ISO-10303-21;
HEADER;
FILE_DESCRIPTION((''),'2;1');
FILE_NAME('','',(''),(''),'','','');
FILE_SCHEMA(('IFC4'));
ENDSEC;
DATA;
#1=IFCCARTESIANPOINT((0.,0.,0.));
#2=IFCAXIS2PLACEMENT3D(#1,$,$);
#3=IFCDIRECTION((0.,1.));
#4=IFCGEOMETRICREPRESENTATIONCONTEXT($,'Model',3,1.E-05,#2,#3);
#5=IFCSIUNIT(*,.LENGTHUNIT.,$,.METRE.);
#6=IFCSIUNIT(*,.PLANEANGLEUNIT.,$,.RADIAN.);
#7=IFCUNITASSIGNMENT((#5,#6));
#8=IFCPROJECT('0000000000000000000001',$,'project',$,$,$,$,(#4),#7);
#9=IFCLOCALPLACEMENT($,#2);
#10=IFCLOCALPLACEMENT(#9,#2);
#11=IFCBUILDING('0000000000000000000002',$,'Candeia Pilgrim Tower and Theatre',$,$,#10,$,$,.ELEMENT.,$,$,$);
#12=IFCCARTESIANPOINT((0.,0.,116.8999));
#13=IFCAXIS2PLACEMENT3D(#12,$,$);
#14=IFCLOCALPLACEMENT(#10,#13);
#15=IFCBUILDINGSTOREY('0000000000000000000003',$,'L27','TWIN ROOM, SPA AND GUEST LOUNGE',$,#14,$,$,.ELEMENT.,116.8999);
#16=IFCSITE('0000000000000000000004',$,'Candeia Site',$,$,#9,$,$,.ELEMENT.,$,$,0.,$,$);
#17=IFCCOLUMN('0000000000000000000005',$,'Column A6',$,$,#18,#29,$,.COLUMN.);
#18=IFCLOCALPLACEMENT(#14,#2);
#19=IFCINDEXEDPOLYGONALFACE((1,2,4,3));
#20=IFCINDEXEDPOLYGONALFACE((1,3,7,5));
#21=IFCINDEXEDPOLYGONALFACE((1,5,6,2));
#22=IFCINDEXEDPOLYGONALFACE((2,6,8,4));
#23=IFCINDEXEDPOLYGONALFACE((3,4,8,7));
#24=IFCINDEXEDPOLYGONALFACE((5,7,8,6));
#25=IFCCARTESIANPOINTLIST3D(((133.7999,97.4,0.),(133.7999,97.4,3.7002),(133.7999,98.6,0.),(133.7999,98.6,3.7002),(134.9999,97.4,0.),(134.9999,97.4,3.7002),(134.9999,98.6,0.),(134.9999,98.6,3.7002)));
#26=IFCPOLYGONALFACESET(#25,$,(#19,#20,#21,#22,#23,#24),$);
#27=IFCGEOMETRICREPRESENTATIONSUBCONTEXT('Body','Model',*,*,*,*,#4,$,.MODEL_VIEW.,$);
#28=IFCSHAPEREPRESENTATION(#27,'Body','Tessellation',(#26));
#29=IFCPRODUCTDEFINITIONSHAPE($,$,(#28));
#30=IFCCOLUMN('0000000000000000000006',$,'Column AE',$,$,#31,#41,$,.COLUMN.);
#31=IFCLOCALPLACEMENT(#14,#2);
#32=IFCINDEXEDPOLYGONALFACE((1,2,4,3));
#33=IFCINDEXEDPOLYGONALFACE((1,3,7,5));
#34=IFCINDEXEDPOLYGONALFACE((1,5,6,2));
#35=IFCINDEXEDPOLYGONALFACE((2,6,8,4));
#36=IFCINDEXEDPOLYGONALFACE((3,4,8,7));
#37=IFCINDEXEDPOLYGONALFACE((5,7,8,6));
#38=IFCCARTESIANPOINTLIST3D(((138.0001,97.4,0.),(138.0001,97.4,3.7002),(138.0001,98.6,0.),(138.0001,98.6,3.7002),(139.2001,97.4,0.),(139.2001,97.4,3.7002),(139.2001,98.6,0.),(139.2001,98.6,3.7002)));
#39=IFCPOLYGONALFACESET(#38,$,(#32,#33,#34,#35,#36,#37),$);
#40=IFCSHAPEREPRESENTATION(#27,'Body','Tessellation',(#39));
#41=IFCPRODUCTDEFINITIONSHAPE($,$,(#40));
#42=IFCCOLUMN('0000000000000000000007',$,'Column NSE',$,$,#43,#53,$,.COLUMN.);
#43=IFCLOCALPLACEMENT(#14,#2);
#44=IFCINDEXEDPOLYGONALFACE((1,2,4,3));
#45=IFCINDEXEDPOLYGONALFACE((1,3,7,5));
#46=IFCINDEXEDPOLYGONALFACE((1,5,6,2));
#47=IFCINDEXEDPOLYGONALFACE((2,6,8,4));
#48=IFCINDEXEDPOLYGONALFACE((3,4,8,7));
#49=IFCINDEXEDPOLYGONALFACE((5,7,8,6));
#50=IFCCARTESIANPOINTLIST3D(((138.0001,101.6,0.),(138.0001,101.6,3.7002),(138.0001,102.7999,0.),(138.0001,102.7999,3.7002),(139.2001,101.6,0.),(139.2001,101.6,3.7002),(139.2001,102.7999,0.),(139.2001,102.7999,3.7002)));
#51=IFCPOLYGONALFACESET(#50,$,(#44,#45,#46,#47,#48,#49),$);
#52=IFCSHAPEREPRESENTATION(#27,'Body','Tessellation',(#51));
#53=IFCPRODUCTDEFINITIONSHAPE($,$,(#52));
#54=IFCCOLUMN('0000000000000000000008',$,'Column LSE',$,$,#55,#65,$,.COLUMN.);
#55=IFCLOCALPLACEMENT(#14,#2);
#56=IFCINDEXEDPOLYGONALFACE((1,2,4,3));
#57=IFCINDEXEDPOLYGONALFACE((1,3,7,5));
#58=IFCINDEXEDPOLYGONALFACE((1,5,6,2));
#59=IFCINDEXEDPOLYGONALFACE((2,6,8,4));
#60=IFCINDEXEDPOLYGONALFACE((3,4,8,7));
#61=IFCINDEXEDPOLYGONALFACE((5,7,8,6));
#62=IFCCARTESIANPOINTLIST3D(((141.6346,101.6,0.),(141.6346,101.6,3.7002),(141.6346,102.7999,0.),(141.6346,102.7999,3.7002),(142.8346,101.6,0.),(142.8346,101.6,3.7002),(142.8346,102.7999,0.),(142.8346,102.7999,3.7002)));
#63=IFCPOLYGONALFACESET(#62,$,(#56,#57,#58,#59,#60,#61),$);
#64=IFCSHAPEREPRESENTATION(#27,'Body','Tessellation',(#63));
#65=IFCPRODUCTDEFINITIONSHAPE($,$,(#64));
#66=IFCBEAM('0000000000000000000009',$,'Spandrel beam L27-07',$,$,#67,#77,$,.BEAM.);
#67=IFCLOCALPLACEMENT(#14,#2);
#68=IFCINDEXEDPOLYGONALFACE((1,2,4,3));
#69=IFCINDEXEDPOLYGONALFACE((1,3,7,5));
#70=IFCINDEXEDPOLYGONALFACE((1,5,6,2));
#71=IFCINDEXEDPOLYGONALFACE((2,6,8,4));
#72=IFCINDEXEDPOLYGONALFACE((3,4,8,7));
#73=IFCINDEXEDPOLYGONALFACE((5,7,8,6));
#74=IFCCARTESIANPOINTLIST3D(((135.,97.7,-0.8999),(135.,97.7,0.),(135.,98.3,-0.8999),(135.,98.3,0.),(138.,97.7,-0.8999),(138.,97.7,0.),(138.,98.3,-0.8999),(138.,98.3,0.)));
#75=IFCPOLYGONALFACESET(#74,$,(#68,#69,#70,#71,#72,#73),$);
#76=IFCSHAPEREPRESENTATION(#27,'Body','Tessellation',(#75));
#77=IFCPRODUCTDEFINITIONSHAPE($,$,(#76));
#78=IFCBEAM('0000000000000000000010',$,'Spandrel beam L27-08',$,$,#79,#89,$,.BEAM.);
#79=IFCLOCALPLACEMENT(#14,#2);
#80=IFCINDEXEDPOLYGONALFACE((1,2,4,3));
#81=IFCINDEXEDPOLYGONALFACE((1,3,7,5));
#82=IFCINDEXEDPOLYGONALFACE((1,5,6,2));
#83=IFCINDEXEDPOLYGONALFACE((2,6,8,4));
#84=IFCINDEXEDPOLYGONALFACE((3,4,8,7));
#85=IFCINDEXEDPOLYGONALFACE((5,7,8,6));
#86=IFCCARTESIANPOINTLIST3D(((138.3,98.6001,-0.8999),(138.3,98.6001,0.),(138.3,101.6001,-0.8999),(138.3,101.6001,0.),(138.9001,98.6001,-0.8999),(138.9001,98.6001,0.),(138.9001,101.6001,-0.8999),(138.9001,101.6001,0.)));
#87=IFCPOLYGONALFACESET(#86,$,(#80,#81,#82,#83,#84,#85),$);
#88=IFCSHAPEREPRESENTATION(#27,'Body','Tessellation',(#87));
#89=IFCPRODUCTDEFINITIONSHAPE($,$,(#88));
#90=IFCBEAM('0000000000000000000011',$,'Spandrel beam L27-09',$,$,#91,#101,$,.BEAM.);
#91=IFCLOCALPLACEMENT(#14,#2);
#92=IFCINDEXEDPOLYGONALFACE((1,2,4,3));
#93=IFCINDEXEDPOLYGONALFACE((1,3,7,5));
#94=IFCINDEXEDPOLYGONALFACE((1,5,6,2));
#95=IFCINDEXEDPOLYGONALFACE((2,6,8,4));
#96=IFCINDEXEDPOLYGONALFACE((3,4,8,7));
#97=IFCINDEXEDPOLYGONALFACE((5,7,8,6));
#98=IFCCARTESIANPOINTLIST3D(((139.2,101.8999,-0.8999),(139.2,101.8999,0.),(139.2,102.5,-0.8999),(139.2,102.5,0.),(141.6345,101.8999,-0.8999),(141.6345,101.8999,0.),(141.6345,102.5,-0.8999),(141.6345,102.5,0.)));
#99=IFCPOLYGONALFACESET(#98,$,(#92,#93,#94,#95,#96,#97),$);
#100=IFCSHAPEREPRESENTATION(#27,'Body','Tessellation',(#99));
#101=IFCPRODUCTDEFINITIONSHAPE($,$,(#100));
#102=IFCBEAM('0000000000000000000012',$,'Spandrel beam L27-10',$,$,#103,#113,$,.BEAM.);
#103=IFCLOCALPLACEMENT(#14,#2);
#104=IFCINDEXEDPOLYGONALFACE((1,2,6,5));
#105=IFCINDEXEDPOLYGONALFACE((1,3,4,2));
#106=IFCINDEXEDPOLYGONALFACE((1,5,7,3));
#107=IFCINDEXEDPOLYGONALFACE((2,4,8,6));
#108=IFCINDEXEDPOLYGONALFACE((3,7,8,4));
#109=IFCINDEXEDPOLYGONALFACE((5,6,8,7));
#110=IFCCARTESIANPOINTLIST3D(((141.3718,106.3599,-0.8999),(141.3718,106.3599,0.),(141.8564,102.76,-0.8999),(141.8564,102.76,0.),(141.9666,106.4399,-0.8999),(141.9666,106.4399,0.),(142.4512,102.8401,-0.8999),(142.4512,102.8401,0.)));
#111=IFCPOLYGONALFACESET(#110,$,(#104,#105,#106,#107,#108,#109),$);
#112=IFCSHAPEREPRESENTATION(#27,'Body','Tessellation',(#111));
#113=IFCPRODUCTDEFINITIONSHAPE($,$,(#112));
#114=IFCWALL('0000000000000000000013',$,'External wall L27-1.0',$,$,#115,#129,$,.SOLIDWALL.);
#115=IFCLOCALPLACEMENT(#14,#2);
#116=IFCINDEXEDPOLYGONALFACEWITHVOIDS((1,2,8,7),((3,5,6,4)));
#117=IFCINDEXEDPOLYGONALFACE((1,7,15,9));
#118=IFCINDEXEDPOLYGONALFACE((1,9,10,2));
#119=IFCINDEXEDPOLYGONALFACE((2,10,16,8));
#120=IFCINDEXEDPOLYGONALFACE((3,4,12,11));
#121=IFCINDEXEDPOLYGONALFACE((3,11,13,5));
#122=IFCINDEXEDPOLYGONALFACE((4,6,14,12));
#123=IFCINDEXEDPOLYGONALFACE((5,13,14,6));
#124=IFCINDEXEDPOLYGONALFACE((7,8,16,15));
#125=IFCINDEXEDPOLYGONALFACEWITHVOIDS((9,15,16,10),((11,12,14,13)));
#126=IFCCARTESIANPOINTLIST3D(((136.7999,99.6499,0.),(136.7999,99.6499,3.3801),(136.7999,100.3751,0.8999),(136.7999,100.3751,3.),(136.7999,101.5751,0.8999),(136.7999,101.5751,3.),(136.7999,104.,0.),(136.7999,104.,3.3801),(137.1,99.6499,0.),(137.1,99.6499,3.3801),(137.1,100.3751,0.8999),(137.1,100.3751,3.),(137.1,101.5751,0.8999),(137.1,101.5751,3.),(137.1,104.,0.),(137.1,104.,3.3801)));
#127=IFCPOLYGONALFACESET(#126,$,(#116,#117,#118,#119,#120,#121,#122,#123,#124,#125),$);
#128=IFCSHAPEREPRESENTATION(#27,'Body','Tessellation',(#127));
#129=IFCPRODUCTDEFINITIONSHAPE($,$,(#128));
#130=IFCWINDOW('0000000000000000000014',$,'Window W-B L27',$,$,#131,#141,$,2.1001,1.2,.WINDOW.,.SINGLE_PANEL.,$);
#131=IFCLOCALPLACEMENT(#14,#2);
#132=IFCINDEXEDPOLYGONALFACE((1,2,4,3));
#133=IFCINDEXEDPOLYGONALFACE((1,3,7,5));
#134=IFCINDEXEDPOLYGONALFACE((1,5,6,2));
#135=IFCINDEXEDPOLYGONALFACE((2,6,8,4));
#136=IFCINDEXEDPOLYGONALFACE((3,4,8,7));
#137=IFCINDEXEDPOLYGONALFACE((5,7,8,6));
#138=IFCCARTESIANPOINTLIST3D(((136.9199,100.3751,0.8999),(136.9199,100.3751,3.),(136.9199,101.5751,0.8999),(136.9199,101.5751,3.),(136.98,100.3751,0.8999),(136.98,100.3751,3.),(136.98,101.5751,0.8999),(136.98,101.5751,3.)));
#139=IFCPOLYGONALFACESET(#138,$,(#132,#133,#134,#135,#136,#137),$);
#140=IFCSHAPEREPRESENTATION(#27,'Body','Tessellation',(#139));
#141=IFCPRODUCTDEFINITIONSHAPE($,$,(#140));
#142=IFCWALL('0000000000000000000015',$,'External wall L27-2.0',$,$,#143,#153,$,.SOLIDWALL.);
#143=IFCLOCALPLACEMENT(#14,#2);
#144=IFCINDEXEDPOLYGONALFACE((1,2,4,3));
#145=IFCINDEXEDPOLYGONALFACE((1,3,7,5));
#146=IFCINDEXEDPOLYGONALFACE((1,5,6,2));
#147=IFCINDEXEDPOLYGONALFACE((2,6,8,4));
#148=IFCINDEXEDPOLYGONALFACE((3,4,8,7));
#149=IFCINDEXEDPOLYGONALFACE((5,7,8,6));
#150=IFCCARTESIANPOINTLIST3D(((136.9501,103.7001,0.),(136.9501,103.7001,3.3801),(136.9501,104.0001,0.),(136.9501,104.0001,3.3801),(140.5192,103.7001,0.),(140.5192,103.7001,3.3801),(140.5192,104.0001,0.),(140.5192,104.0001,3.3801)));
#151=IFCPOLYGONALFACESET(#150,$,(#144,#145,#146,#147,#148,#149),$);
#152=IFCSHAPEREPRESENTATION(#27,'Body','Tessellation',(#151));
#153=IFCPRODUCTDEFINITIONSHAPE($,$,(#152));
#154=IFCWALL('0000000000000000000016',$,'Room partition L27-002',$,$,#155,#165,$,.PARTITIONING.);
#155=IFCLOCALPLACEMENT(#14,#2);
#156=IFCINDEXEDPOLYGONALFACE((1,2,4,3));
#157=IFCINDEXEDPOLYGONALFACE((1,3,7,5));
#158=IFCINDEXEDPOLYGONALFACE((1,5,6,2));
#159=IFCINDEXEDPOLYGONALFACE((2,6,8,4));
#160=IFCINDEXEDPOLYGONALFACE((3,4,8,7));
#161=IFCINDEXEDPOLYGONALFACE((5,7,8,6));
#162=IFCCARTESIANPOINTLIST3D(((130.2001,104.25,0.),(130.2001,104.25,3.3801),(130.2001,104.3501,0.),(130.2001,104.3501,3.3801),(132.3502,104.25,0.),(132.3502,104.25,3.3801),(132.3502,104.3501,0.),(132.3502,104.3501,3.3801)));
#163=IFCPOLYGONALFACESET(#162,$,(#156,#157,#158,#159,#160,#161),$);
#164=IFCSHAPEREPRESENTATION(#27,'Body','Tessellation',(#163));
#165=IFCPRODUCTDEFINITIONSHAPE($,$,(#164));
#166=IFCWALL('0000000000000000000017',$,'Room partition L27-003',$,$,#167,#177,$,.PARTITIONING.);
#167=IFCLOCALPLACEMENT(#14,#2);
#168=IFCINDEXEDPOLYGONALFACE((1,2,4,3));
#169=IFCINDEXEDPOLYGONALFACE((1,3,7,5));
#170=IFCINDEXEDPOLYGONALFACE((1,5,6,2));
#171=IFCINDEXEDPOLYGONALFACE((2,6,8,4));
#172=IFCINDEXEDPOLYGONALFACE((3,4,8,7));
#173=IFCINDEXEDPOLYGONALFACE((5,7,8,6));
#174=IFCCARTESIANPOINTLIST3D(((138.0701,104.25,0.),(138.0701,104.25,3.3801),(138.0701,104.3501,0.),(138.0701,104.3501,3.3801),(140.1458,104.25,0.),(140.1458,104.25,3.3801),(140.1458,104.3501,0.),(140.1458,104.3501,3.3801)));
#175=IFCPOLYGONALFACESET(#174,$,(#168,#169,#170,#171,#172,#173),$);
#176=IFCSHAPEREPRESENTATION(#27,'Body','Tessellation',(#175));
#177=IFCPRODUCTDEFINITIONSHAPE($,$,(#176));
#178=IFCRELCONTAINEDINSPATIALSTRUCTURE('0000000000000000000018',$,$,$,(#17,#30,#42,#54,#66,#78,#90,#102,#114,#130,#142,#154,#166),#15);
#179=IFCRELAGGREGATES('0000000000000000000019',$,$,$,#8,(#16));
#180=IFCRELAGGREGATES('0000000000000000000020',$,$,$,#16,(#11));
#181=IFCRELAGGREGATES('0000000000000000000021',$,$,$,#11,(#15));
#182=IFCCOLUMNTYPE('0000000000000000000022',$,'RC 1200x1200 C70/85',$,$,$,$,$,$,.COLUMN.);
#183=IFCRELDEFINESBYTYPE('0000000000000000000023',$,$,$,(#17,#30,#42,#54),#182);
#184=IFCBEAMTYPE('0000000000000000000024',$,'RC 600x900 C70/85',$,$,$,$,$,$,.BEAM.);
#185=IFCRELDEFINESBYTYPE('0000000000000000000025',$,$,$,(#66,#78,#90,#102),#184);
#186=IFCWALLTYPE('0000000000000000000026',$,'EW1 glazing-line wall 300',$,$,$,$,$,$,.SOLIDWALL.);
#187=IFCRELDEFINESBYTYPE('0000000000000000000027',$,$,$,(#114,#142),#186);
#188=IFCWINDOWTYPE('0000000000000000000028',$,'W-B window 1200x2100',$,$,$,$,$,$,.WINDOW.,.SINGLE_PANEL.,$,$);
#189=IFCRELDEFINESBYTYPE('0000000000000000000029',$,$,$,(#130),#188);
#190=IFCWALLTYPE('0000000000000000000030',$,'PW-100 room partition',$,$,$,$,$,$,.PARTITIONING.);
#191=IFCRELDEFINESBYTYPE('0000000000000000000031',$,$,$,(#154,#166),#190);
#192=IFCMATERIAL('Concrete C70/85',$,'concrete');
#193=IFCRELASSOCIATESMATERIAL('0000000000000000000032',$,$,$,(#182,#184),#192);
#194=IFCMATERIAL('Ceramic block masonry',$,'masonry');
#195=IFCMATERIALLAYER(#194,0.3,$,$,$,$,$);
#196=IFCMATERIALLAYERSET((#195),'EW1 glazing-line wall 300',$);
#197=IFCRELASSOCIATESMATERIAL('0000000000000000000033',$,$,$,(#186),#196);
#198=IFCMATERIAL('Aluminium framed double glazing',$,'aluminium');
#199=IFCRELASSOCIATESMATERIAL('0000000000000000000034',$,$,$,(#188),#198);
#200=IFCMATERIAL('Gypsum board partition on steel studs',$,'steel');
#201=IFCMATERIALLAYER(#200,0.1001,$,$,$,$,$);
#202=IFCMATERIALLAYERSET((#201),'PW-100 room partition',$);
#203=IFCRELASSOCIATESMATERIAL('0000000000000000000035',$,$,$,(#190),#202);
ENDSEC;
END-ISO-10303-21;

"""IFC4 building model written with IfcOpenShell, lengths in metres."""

from ifc_helpers import new_model, si_unit, direction, frame, frame_2d, origin, origin_2d, place, context, subcontext, project, spatial, rectangle, extrude, material, layer, layer_set, material_profile, profile_set, type_object, element, fill, save


model = new_model("IFC4")

# Units and contexts
model_context = context("Model", 3, precision=1e-05, world=origin(), true_north=direction((0.0, 1.0)))
body_context = subcontext(model_context, "Body", "Model", "MODEL_VIEW")
ifc_project = project(units=[si_unit("LENGTHUNIT", "METRE"), si_unit("PLANEANGLEUNIT", "RADIAN")], contexts=[model_context])

# Site, building, storey
site_placement = place(None, origin())
site = spatial("IfcSite", under=ifc_project, at=site_placement, Name="Candeia Site", CompositionType="ELEMENT", RefElevation=0.0)
building_placement = place(site_placement, origin())
building = spatial("IfcBuilding", under=site, at=building_placement, Name="Candeia Pilgrim Tower and Theatre", CompositionType="ELEMENT")
storey_placement = place(building_placement, frame((0.0, 0.0, 116.8999)))
storey = spatial("IfcBuildingStorey", under=building, at=storey_placement, Name="L27", Description="TWIN ROOM, SPA AND GUEST LOUNGE", CompositionType="ELEMENT", Elevation=116.8999)

# Columns
ifc_material_1 = material(Name="Concrete C70/85", Category="concrete")
ifc_material_profile_1 = material_profile(ifc_material_1, rectangle(XDim=1.2, YDim=1.2, at=origin_2d()))
ifc_profile_set_1 = profile_set([ifc_material_profile_1], Name="Concrete C70/85")
column_type = type_object("IfcColumnType", Name="RC 1200x1200 C70/85", PredefinedType="COLUMN", material=ifc_profile_set_1)
for number, where, z_axis, x_axis, name in (
    (1, (134.3999, 98.0, 0.0), (0.0, 0.0, 1.0), (1.0, 0.0, 0.0), "Column A6"),
    (2, (138.6001, 98.0, 0.0), (0.0, 0.0, 1.0), (1.0, 0.0, 0.0), "Column AE"),
    (3, (138.6001, 102.2, 0.0), (0.0, 0.0, 1.0), (1.0, 0.0, 0.0), "Column NSE"),
    (4, (142.2346, 102.2, 0.0), (0.0, 0.0, 1.0), (1.0, 0.0, 0.0), "Column LSE"),
):
    element("IfcColumn", number, at=place(storey_placement, frame(where, z_axis=z_axis, x_axis=x_axis)), inside=storey, type_object=column_type, Name=name, PredefinedType="COLUMN", context=body_context, shape_type="SweptSolid", body=[
        extrude(rectangle(XDim=1.2, YDim=1.2, at=origin_2d()), origin(), (0.0, 0.0, 1.0), 3.7002),
    ])

# Beams
ifc_material_profile_2 = material_profile(ifc_material_1, rectangle(XDim=0.6001, YDim=0.8999, at=origin_2d()))
ifc_profile_set_2 = profile_set([ifc_material_profile_2], Name="Concrete C70/85")
beam_type = type_object("IfcBeamType", Name="RC 600x900 C70/85", PredefinedType="BEAM", material=ifc_profile_set_2)
for number, where, z_axis, x_axis, name in (
    (5, (135.0, 98.0, -0.45), (1.0, 0.0, 0.0), (0.0, 1.0, 0.0), "Spandrel beam L27-07"),
    (6, (138.6001, 98.6001, -0.45), (0.0, 1.0, 0.0), (-1.0, 0.0, 0.0), "Spandrel beam L27-08"),
):
    element("IfcBeam", number, at=place(storey_placement, frame(where, z_axis=z_axis, x_axis=x_axis)), inside=storey, type_object=beam_type, Name=name, PredefinedType="BEAM", context=body_context, shape_type="SweptSolid", body=[
        extrude(rectangle(XDim=0.6001, YDim=0.8999, at=origin_2d()), origin(), (0.0, 0.0, 1.0), 3.0),
    ])
beam_1_placement = place(storey_placement, frame((139.2, 102.2, -0.45), z_axis=(1.0, 0.0, 0.0), x_axis=(0.0, 1.0, 0.0)))
element("IfcBeam", 7, at=beam_1_placement, inside=storey, type_object=beam_type, Name="Spandrel beam L27-09", PredefinedType="BEAM", context=body_context, shape_type="SweptSolid", body=[
    extrude(rectangle(XDim=0.6001, YDim=0.8999, at=origin_2d()), origin(), (0.0, 0.0, 1.0), 2.4346),
])
beam_2_placement = place(storey_placement, frame((142.1538, 102.8, -0.45), z_axis=(-0.133418, 0.99106, 0.0), x_axis=(-0.99106, -0.133418, 0.0)))
element("IfcBeam", 8, at=beam_2_placement, inside=storey, type_object=beam_type, Name="Spandrel beam L27-10", PredefinedType="BEAM", context=body_context, shape_type="SweptSolid", body=[
    extrude(rectangle(XDim=0.6001, YDim=0.8999, at=origin_2d()), origin(), (0.0, 0.0, 1.0), 3.6323),
])

# Wall, opening, window
ifc_material_2 = material(Name="Ceramic block masonry", Category="masonry")
ifc_layer_1 = layer(ifc_material_2, 0.3)
ifc_layer_set_1 = layer_set([ifc_layer_1], Name="EW1 glazing-line wall 300")
wall_type_1 = type_object("IfcWallType", Name="EW1 glazing-line wall 300", PredefinedType="SOLIDWALL", material=ifc_layer_set_1)
wall_1_placement = place(storey_placement, frame((136.95, 99.6499, 0.0), z_axis=(0.0, 0.0, 1.0), x_axis=(0.0, 1.0, 0.0)))
wall_1 = element("IfcWall", 9, at=wall_1_placement, inside=storey, type_object=wall_type_1, Name="External wall L27-1.0", PredefinedType="SOLIDWALL", context=body_context, shape_type="SweptSolid", body=[
    extrude(rectangle(XDim=4.3501, YDim=0.3, at=frame_2d((2.175, 0.0))), origin(), (0.0, 0.0, 1.0), 3.3801),
])
opening_1_placement = place(wall_1_placement, frame((0.7251, 0.0, 0.8999)))
opening_1 = element("IfcOpeningElement", 10, at=opening_1_placement, cuts=wall_1, PredefinedType="OPENING", context=body_context, shape_type="SweptSolid", body=[
    extrude(rectangle(XDim=1.2, YDim=2.1001, at=frame_2d((0.6001, 1.05))), frame((0.0, 0.1602, 0.0), z_axis=(0.0, -1.0, 0.0), x_axis=(1.0, 0.0, 0.0)), (0.0, 0.0, 1.0), 0.3201),
])
ifc_material_3 = material(Name="Aluminium framed double glazing", Category="aluminium")
window_type = type_object("IfcWindowType", Name="W-B window 1200x2100", PartitioningType="SINGLE_PANEL", PredefinedType="WINDOW", material=ifc_material_3)
window_1_placement = place(opening_1_placement, origin())
window_1 = element("IfcWindow", 11, at=window_1_placement, inside=storey, type_object=window_type, Name="Window W-B L27", OverallHeight=2.1001, OverallWidth=1.2, PartitioningType="SINGLE_PANEL", PredefinedType="WINDOW", context=body_context, shape_type="SweptSolid", body=[
    extrude(rectangle(XDim=1.2, YDim=2.1001, at=frame_2d((0.6001, 1.05))), frame((0.0, 0.03, 0.0), z_axis=(0.0, -1.0, 0.0), x_axis=(1.0, 0.0, 0.0)), (0.0, 0.0, 1.0), 0.0601),
])
fill(opening_1, window_1)

# Wall
wall_2_placement = place(storey_placement, frame((136.95, 103.8501, 0.0), z_axis=(0.0, 0.0, 1.0), x_axis=(1.0, 0.0, 0.0)))
element("IfcWall", 12, at=wall_2_placement, inside=storey, type_object=wall_type_1, Name="External wall L27-2.0", PredefinedType="SOLIDWALL", context=body_context, shape_type="SweptSolid", body=[
    extrude(rectangle(XDim=3.5691, YDim=0.3, at=frame_2d((1.7847, 0.0))), origin(), (0.0, 0.0, 1.0), 3.3801),
])

# Walls
ifc_material_4 = material(Name="Gypsum board partition on steel studs", Category="steel")
ifc_layer_2 = layer(ifc_material_4, 0.1001)
ifc_layer_set_2 = layer_set([ifc_layer_2], Name="PW-100 room partition")
wall_type_2 = type_object("IfcWallType", Name="PW-100 room partition", PredefinedType="PARTITIONING", material=ifc_layer_set_2)
wall_3_placement = place(storey_placement, frame((130.2, 104.3, 0.0), z_axis=(0.0, 0.0, 1.0), x_axis=(1.0, 0.0, 0.0)))
element("IfcWall", 13, at=wall_3_placement, inside=storey, type_object=wall_type_2, Name="Room partition L27-002", PredefinedType="PARTITIONING", context=body_context, shape_type="SweptSolid", body=[
    extrude(rectangle(XDim=2.1501, YDim=0.1001, at=frame_2d((1.0752, 0.0))), origin(), (0.0, 0.0, 1.0), 3.3801),
])
wall_4_placement = place(storey_placement, frame((138.0701, 104.3, 0.0), z_axis=(0.0, 0.0, 1.0), x_axis=(1.0, 0.0, 0.0)))
element("IfcWall", 14, at=wall_4_placement, inside=storey, type_object=wall_type_2, Name="Room partition L27-003", PredefinedType="PARTITIONING", context=body_context, shape_type="SweptSolid", body=[
    extrude(rectangle(XDim=2.0757, YDim=0.1001, at=frame_2d((1.0378, 0.0))), origin(), (0.0, 0.0, 1.0), 3.3801),
])

save(model, "model.ifc")
